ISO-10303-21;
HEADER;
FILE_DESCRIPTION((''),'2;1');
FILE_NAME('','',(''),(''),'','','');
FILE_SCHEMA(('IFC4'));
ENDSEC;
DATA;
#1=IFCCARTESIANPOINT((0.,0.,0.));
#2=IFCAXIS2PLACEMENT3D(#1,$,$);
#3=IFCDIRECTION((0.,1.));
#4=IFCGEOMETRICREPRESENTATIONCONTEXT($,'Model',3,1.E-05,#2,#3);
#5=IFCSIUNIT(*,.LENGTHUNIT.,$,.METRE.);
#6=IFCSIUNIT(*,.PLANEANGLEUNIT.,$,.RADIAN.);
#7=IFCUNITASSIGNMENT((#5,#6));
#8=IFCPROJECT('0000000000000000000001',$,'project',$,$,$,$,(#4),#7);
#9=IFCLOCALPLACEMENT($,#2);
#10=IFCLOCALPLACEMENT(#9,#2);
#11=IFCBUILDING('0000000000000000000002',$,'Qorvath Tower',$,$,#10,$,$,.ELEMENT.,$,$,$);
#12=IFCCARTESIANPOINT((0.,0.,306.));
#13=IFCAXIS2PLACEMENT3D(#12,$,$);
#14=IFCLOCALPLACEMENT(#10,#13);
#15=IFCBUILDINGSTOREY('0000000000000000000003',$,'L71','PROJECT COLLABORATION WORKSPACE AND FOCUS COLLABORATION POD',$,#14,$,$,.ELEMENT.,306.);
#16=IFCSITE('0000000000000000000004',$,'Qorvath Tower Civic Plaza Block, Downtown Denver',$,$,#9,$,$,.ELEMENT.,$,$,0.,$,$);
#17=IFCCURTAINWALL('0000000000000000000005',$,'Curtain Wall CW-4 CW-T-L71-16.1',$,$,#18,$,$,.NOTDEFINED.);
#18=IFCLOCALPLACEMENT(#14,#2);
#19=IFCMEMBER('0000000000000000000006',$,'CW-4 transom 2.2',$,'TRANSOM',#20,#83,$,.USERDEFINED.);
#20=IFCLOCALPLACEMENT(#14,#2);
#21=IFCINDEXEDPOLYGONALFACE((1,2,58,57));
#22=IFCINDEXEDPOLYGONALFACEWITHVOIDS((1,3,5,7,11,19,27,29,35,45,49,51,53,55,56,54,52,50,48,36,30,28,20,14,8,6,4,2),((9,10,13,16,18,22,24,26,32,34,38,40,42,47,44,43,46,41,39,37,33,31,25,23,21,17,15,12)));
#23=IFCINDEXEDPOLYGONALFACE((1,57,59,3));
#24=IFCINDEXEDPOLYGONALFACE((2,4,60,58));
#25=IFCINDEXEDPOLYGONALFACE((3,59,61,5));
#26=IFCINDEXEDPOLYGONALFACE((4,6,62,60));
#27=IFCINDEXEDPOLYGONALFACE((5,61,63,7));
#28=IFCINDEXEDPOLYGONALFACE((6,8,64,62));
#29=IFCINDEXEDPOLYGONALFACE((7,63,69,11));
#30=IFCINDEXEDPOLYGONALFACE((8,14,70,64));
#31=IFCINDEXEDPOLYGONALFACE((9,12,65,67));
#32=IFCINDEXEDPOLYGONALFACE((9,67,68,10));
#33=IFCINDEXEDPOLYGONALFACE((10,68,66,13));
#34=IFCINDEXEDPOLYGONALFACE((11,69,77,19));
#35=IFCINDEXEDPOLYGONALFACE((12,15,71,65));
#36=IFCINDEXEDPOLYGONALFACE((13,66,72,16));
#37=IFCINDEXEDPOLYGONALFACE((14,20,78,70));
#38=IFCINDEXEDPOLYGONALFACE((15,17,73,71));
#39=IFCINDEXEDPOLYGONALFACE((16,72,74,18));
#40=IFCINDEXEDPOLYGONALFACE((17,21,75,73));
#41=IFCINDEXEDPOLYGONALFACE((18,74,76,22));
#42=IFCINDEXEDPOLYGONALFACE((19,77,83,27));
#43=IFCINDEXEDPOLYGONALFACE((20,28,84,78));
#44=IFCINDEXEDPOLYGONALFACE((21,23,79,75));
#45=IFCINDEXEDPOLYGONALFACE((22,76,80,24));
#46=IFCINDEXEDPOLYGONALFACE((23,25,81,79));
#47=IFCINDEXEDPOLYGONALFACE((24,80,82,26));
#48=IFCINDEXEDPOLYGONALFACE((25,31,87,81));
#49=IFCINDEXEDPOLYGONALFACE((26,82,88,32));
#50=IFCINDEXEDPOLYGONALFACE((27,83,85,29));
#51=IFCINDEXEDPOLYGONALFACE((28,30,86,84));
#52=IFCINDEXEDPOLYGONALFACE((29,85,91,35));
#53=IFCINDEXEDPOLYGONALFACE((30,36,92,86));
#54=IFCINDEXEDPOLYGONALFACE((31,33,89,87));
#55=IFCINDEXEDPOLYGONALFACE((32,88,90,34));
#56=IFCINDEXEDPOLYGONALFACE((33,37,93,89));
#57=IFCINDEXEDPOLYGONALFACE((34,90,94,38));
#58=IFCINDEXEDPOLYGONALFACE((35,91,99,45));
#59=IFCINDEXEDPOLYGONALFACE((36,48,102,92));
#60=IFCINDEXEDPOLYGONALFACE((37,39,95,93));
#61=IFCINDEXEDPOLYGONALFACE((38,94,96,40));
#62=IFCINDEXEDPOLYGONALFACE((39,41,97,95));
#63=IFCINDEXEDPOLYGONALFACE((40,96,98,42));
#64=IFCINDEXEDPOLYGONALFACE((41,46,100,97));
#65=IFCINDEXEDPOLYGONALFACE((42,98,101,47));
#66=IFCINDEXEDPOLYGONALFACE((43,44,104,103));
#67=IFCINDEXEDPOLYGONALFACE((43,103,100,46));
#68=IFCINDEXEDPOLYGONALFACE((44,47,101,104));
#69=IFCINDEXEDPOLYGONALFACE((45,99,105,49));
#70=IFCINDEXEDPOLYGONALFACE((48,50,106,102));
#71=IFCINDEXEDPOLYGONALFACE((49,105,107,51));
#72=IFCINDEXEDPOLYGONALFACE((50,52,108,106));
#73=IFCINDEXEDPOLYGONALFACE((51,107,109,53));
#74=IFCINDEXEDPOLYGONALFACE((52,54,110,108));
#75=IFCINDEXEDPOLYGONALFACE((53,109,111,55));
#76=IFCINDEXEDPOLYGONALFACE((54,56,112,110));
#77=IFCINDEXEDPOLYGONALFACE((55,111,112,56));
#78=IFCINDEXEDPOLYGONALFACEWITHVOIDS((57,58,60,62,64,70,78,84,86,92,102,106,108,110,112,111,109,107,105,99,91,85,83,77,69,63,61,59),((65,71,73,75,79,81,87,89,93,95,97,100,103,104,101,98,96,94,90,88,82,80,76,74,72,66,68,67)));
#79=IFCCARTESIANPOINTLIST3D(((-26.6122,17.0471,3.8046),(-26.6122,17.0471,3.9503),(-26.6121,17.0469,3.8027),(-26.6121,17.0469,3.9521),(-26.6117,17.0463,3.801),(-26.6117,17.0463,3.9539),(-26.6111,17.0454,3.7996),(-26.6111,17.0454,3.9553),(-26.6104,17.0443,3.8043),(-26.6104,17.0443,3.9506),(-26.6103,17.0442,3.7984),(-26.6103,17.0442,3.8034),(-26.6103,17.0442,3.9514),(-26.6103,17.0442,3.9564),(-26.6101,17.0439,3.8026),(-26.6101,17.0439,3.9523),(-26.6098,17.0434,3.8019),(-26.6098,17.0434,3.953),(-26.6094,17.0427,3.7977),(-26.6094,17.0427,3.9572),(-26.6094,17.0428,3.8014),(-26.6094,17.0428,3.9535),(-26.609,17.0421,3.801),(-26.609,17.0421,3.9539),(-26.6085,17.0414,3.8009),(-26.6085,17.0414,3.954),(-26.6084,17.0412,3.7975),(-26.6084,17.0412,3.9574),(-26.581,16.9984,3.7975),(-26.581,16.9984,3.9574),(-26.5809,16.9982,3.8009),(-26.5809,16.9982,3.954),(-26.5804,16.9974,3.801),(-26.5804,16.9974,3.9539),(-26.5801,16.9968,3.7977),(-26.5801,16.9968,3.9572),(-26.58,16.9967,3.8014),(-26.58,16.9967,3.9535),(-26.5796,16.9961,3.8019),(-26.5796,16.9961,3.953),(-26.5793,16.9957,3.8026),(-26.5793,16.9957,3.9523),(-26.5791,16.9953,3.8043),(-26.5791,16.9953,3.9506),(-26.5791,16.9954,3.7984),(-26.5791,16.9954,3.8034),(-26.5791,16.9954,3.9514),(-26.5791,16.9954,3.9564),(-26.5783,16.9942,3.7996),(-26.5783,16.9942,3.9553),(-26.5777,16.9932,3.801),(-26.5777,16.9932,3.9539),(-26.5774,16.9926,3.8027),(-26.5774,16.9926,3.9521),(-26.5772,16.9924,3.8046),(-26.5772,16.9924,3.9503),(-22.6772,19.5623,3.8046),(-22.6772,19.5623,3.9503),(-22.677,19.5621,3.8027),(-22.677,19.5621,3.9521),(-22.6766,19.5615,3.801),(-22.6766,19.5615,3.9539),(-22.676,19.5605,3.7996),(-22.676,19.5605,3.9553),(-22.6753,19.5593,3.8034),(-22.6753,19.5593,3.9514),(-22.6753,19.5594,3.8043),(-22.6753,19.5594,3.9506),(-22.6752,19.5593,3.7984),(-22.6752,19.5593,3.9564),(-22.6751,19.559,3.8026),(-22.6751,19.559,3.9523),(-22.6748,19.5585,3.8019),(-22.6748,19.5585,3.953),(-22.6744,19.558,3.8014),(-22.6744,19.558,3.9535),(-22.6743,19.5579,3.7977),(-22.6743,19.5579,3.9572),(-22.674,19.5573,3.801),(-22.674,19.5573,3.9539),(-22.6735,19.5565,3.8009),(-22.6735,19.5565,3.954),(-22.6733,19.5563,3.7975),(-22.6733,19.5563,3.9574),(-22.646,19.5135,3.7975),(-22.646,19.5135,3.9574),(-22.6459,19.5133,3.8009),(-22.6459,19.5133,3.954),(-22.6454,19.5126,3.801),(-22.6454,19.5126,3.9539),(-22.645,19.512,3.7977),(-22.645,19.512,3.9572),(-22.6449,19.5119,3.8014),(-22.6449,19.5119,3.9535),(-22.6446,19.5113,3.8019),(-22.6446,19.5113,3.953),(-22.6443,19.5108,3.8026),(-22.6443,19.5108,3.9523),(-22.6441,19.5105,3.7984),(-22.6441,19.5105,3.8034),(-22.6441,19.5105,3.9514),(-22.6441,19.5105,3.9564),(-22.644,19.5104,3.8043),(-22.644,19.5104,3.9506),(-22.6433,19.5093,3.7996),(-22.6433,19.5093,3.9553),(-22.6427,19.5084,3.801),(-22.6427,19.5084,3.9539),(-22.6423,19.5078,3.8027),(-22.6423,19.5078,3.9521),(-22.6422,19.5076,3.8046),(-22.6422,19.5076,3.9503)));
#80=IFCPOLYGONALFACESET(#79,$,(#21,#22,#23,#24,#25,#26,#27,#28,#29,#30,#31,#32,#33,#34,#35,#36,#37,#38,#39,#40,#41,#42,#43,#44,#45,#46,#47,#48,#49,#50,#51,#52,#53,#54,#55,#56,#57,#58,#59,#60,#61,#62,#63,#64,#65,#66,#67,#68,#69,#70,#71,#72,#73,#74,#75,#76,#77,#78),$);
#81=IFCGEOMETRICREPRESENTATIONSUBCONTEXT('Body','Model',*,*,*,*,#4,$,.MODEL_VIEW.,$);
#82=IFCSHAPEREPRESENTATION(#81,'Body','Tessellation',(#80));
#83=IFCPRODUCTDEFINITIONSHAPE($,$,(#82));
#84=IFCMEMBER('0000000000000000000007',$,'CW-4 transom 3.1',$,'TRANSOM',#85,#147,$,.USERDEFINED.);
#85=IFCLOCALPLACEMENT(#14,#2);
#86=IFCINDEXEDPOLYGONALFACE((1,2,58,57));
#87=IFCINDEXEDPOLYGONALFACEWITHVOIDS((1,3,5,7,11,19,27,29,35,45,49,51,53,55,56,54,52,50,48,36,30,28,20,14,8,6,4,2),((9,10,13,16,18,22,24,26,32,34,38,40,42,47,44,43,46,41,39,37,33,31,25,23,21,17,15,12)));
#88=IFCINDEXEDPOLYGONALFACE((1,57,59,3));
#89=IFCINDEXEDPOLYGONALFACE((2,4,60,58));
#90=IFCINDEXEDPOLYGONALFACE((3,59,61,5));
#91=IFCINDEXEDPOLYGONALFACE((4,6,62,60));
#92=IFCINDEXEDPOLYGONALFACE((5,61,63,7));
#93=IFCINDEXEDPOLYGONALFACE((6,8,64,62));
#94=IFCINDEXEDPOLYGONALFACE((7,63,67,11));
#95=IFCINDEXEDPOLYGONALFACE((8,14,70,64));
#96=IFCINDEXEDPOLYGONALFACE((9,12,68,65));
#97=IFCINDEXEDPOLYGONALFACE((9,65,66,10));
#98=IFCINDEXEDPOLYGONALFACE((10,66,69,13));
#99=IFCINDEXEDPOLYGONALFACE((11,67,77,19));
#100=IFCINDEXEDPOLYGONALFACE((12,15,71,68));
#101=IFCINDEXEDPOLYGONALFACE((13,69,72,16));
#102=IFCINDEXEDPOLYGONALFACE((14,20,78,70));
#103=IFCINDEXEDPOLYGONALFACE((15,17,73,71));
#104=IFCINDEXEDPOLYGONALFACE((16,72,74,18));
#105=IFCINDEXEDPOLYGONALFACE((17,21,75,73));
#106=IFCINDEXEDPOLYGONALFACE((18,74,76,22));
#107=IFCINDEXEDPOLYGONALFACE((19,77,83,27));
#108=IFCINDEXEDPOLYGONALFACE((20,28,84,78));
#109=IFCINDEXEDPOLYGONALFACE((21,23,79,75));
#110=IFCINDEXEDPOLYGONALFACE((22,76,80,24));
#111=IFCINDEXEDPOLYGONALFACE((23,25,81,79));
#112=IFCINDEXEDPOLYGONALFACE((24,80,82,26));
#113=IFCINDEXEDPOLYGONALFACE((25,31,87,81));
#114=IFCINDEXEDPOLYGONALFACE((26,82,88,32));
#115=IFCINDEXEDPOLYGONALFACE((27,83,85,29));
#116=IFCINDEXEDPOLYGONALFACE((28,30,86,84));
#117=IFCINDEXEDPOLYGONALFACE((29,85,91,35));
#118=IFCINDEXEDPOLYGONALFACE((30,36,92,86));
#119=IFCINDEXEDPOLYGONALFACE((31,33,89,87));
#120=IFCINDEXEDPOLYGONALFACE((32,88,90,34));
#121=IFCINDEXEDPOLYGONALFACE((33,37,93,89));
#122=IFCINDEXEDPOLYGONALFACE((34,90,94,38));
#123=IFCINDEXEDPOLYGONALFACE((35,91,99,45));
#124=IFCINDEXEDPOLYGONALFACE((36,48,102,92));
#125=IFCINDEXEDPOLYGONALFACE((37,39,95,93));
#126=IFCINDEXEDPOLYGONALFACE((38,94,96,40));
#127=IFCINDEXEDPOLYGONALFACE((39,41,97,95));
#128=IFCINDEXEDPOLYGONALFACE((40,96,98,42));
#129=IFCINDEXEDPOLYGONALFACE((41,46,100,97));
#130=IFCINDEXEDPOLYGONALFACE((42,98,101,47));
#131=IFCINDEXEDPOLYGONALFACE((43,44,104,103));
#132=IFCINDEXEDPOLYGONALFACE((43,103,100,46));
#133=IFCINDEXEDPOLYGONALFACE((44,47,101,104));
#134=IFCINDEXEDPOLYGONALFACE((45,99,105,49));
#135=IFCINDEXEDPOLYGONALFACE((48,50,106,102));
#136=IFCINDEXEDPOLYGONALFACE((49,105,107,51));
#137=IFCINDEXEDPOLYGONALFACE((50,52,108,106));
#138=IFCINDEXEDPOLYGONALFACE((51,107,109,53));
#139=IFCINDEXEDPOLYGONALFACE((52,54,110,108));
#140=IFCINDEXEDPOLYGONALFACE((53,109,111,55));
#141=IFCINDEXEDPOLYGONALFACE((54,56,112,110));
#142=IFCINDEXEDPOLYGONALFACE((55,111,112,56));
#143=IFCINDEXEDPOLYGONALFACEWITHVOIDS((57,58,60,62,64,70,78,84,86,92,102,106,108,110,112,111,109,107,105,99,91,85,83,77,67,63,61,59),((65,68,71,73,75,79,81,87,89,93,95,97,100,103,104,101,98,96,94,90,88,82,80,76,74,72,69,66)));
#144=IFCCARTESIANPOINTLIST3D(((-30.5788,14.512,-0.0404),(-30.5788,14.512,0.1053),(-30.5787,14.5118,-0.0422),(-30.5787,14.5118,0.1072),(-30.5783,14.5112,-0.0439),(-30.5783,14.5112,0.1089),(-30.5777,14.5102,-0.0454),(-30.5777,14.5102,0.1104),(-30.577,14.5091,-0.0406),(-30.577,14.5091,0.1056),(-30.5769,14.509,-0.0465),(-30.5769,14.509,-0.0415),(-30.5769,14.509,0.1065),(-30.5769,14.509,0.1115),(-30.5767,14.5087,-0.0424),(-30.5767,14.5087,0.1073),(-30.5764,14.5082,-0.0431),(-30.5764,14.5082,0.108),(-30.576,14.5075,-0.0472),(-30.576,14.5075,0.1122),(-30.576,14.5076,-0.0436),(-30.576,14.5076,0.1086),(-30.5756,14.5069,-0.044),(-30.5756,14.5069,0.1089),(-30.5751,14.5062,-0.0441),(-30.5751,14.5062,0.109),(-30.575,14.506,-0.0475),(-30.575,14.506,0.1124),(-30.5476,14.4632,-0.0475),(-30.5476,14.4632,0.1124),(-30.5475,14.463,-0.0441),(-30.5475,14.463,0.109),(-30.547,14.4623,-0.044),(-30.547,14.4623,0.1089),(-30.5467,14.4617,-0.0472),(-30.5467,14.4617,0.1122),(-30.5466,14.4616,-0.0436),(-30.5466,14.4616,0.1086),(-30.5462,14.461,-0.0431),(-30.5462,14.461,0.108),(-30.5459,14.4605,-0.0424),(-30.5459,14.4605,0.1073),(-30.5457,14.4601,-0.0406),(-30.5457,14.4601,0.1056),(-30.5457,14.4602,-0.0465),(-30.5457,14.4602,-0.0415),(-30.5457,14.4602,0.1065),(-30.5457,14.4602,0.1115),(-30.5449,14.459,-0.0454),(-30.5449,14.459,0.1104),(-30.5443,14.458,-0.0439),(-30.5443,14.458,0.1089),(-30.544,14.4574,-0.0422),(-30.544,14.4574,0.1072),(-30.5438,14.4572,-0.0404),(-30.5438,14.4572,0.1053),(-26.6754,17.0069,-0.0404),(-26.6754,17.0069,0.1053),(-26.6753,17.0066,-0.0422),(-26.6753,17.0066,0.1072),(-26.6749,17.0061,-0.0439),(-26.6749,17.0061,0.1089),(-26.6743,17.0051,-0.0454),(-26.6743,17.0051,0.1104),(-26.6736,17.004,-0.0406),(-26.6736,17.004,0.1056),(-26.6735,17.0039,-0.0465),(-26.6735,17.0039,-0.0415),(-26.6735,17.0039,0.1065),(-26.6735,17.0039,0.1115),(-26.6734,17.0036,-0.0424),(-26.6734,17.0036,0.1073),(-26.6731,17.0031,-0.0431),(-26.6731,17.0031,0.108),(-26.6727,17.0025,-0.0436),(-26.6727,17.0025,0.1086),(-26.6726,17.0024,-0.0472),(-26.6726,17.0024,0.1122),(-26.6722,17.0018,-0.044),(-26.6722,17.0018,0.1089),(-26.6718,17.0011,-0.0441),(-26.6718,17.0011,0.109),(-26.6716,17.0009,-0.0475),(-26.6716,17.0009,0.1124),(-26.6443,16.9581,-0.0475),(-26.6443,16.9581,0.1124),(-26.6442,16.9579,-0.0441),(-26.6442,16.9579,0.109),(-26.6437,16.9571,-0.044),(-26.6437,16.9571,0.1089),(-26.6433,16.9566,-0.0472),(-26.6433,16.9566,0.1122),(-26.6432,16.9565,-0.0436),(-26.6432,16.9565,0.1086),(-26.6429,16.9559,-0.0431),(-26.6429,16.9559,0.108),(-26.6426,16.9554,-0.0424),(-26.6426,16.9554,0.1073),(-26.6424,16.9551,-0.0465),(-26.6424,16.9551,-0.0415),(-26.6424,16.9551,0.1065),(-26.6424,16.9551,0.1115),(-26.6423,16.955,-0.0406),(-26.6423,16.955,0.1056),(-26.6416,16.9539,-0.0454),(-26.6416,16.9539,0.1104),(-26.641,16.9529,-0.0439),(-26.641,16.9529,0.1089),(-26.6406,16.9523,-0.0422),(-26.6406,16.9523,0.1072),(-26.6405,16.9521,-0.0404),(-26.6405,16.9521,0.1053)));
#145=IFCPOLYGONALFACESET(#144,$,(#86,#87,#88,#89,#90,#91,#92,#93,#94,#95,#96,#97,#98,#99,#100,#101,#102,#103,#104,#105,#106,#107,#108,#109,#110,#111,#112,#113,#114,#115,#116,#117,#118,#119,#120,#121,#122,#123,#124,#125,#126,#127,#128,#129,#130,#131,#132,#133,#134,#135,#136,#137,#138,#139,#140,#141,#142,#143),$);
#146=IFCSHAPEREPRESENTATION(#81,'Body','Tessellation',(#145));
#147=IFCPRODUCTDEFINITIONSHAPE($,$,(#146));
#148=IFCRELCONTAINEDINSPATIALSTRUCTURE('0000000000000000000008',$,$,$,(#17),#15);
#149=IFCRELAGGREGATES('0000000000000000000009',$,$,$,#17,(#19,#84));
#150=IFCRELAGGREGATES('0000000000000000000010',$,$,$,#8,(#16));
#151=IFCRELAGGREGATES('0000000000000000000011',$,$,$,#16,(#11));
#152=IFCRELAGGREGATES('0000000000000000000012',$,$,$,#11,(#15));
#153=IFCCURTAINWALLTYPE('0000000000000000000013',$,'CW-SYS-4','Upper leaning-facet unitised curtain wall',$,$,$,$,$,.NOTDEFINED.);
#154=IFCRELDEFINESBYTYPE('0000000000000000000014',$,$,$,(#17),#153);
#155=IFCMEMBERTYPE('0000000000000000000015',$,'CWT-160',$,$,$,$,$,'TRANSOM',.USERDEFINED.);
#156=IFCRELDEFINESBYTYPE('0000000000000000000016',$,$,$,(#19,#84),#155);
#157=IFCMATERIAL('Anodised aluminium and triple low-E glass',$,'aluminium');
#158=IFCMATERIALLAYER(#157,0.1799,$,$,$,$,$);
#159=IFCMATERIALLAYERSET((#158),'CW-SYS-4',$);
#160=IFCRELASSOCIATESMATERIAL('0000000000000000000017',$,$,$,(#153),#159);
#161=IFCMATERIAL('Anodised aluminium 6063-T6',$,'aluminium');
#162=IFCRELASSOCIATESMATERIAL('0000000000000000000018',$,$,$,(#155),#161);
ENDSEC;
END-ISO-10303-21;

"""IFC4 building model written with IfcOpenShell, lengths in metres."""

from ifc_helpers import new_model, si_unit, direction, frame, origin, origin_2d, place, context, subcontext, project, spatial, hollow_rectangle, extrude, material, layer, layer_set, material_profile, profile_set, type_object, element, aggregate, save


model = new_model("IFC4")

# Units and contexts
model_context = context("Model", 3, precision=1e-05, world=origin(), true_north=direction((0.0, 1.0)))
body_context = subcontext(model_context, "Body", "Model", "MODEL_VIEW")
ifc_project = project(units=[si_unit("LENGTHUNIT", "METRE"), si_unit("PLANEANGLEUNIT", "RADIAN")], contexts=[model_context])

# Site, building, storey
site_placement = place(None, origin())
site = spatial("IfcSite", under=ifc_project, at=site_placement, Name="Qorvath Tower Civic Plaza Block, Downtown Denver", CompositionType="ELEMENT", RefElevation=0.0)
building_placement = place(site_placement, origin())
building = spatial("IfcBuilding", under=site, at=building_placement, Name="Qorvath Tower", CompositionType="ELEMENT")
storey_placement = place(building_placement, frame((0.0, 0.0, 306.0)))
storey = spatial("IfcBuildingStorey", under=building, at=storey_placement, Name="L71", Description="PROJECT COLLABORATION WORKSPACE AND FOCUS COLLABORATION POD", CompositionType="ELEMENT", Elevation=306.0)

# Curtain wall, members
ifc_material_1 = material(Name="Anodised aluminium and triple low-E glass", Category="aluminium")
ifc_layer_1 = layer(ifc_material_1, 0.1799)
ifc_layer_set_1 = layer_set([ifc_layer_1], Name="CW-SYS-4")
curtain_wall_type = type_object("IfcCurtainWallType", Name="CW-SYS-4", Description="Upper leaning-facet unitised curtain wall", PredefinedType="NOTDEFINED", material=ifc_layer_set_1)
curtain_wall_placement = place(storey_placement, origin())
curtain_wall = element("IfcCurtainWall", 1, at=curtain_wall_placement, inside=storey, type_object=curtain_wall_type, Name="Curtain Wall CW-4 CW-T-L71-16.1", PredefinedType="NOTDEFINED")
ifc_material_2 = material(Name="Anodised aluminium 6063-T6", Category="aluminium")
ifc_material_profile_1 = material_profile(ifc_material_2, hollow_rectangle(XDim=0.0649, YDim=0.1599, WallThickness=0.0034, InnerFilletRadius=0.0034, OuterFilletRadius=0.0071, at=origin_2d()), Name="CWT 160x65")
ifc_profile_set_1 = profile_set([ifc_material_profile_1], Name="Anodised aluminium 6063-T6")
member_type_1 = type_object("IfcMemberType", Name="CWT-160", ElementType="TRANSOM", PredefinedType="USERDEFINED", material=ifc_profile_set_1)
member_1_placement = place(storey_placement, frame((-22.6597, 19.5349, 3.8774), z_axis=(-0.842592, -0.538552, 0.0), x_axis=(0.538552, -0.842592, 0.0)))
member_1 = element("IfcMember", 2, at=member_1_placement, type_object=member_type_1, Name="CW-4 transom 2.2", ObjectType="TRANSOM", PredefinedType="USERDEFINED", context=body_context, shape_type="SweptSolid", body=[
    extrude(hollow_rectangle(XDim=0.0649, YDim=0.1599, WallThickness=0.0034, InnerFilletRadius=0.0034, OuterFilletRadius=0.0071, at=origin_2d()), origin(), (0.0, 0.0, 1.0), 4.6702),
])
member_2_placement = place(storey_placement, frame((-26.658, 16.9795, 0.0325), z_axis=(-0.84259, -0.538556, 0.0), x_axis=(0.538556, -0.84259, 0.0)))
member_2 = element("IfcMember", 3, at=member_2_placement, type_object=member_type_1, Name="CW-4 transom 3.1", ObjectType="TRANSOM", PredefinedType="USERDEFINED", context=body_context, shape_type="SweptSolid", body=[
    extrude(hollow_rectangle(XDim=0.0649, YDim=0.1599, WallThickness=0.0034, InnerFilletRadius=0.0034, OuterFilletRadius=0.0071, at=origin_2d()), origin(), (0.0, 0.0, 1.0), 4.6326),
])
aggregate(curtain_wall, [member_1, member_2])

save(model, "model.ifc")
